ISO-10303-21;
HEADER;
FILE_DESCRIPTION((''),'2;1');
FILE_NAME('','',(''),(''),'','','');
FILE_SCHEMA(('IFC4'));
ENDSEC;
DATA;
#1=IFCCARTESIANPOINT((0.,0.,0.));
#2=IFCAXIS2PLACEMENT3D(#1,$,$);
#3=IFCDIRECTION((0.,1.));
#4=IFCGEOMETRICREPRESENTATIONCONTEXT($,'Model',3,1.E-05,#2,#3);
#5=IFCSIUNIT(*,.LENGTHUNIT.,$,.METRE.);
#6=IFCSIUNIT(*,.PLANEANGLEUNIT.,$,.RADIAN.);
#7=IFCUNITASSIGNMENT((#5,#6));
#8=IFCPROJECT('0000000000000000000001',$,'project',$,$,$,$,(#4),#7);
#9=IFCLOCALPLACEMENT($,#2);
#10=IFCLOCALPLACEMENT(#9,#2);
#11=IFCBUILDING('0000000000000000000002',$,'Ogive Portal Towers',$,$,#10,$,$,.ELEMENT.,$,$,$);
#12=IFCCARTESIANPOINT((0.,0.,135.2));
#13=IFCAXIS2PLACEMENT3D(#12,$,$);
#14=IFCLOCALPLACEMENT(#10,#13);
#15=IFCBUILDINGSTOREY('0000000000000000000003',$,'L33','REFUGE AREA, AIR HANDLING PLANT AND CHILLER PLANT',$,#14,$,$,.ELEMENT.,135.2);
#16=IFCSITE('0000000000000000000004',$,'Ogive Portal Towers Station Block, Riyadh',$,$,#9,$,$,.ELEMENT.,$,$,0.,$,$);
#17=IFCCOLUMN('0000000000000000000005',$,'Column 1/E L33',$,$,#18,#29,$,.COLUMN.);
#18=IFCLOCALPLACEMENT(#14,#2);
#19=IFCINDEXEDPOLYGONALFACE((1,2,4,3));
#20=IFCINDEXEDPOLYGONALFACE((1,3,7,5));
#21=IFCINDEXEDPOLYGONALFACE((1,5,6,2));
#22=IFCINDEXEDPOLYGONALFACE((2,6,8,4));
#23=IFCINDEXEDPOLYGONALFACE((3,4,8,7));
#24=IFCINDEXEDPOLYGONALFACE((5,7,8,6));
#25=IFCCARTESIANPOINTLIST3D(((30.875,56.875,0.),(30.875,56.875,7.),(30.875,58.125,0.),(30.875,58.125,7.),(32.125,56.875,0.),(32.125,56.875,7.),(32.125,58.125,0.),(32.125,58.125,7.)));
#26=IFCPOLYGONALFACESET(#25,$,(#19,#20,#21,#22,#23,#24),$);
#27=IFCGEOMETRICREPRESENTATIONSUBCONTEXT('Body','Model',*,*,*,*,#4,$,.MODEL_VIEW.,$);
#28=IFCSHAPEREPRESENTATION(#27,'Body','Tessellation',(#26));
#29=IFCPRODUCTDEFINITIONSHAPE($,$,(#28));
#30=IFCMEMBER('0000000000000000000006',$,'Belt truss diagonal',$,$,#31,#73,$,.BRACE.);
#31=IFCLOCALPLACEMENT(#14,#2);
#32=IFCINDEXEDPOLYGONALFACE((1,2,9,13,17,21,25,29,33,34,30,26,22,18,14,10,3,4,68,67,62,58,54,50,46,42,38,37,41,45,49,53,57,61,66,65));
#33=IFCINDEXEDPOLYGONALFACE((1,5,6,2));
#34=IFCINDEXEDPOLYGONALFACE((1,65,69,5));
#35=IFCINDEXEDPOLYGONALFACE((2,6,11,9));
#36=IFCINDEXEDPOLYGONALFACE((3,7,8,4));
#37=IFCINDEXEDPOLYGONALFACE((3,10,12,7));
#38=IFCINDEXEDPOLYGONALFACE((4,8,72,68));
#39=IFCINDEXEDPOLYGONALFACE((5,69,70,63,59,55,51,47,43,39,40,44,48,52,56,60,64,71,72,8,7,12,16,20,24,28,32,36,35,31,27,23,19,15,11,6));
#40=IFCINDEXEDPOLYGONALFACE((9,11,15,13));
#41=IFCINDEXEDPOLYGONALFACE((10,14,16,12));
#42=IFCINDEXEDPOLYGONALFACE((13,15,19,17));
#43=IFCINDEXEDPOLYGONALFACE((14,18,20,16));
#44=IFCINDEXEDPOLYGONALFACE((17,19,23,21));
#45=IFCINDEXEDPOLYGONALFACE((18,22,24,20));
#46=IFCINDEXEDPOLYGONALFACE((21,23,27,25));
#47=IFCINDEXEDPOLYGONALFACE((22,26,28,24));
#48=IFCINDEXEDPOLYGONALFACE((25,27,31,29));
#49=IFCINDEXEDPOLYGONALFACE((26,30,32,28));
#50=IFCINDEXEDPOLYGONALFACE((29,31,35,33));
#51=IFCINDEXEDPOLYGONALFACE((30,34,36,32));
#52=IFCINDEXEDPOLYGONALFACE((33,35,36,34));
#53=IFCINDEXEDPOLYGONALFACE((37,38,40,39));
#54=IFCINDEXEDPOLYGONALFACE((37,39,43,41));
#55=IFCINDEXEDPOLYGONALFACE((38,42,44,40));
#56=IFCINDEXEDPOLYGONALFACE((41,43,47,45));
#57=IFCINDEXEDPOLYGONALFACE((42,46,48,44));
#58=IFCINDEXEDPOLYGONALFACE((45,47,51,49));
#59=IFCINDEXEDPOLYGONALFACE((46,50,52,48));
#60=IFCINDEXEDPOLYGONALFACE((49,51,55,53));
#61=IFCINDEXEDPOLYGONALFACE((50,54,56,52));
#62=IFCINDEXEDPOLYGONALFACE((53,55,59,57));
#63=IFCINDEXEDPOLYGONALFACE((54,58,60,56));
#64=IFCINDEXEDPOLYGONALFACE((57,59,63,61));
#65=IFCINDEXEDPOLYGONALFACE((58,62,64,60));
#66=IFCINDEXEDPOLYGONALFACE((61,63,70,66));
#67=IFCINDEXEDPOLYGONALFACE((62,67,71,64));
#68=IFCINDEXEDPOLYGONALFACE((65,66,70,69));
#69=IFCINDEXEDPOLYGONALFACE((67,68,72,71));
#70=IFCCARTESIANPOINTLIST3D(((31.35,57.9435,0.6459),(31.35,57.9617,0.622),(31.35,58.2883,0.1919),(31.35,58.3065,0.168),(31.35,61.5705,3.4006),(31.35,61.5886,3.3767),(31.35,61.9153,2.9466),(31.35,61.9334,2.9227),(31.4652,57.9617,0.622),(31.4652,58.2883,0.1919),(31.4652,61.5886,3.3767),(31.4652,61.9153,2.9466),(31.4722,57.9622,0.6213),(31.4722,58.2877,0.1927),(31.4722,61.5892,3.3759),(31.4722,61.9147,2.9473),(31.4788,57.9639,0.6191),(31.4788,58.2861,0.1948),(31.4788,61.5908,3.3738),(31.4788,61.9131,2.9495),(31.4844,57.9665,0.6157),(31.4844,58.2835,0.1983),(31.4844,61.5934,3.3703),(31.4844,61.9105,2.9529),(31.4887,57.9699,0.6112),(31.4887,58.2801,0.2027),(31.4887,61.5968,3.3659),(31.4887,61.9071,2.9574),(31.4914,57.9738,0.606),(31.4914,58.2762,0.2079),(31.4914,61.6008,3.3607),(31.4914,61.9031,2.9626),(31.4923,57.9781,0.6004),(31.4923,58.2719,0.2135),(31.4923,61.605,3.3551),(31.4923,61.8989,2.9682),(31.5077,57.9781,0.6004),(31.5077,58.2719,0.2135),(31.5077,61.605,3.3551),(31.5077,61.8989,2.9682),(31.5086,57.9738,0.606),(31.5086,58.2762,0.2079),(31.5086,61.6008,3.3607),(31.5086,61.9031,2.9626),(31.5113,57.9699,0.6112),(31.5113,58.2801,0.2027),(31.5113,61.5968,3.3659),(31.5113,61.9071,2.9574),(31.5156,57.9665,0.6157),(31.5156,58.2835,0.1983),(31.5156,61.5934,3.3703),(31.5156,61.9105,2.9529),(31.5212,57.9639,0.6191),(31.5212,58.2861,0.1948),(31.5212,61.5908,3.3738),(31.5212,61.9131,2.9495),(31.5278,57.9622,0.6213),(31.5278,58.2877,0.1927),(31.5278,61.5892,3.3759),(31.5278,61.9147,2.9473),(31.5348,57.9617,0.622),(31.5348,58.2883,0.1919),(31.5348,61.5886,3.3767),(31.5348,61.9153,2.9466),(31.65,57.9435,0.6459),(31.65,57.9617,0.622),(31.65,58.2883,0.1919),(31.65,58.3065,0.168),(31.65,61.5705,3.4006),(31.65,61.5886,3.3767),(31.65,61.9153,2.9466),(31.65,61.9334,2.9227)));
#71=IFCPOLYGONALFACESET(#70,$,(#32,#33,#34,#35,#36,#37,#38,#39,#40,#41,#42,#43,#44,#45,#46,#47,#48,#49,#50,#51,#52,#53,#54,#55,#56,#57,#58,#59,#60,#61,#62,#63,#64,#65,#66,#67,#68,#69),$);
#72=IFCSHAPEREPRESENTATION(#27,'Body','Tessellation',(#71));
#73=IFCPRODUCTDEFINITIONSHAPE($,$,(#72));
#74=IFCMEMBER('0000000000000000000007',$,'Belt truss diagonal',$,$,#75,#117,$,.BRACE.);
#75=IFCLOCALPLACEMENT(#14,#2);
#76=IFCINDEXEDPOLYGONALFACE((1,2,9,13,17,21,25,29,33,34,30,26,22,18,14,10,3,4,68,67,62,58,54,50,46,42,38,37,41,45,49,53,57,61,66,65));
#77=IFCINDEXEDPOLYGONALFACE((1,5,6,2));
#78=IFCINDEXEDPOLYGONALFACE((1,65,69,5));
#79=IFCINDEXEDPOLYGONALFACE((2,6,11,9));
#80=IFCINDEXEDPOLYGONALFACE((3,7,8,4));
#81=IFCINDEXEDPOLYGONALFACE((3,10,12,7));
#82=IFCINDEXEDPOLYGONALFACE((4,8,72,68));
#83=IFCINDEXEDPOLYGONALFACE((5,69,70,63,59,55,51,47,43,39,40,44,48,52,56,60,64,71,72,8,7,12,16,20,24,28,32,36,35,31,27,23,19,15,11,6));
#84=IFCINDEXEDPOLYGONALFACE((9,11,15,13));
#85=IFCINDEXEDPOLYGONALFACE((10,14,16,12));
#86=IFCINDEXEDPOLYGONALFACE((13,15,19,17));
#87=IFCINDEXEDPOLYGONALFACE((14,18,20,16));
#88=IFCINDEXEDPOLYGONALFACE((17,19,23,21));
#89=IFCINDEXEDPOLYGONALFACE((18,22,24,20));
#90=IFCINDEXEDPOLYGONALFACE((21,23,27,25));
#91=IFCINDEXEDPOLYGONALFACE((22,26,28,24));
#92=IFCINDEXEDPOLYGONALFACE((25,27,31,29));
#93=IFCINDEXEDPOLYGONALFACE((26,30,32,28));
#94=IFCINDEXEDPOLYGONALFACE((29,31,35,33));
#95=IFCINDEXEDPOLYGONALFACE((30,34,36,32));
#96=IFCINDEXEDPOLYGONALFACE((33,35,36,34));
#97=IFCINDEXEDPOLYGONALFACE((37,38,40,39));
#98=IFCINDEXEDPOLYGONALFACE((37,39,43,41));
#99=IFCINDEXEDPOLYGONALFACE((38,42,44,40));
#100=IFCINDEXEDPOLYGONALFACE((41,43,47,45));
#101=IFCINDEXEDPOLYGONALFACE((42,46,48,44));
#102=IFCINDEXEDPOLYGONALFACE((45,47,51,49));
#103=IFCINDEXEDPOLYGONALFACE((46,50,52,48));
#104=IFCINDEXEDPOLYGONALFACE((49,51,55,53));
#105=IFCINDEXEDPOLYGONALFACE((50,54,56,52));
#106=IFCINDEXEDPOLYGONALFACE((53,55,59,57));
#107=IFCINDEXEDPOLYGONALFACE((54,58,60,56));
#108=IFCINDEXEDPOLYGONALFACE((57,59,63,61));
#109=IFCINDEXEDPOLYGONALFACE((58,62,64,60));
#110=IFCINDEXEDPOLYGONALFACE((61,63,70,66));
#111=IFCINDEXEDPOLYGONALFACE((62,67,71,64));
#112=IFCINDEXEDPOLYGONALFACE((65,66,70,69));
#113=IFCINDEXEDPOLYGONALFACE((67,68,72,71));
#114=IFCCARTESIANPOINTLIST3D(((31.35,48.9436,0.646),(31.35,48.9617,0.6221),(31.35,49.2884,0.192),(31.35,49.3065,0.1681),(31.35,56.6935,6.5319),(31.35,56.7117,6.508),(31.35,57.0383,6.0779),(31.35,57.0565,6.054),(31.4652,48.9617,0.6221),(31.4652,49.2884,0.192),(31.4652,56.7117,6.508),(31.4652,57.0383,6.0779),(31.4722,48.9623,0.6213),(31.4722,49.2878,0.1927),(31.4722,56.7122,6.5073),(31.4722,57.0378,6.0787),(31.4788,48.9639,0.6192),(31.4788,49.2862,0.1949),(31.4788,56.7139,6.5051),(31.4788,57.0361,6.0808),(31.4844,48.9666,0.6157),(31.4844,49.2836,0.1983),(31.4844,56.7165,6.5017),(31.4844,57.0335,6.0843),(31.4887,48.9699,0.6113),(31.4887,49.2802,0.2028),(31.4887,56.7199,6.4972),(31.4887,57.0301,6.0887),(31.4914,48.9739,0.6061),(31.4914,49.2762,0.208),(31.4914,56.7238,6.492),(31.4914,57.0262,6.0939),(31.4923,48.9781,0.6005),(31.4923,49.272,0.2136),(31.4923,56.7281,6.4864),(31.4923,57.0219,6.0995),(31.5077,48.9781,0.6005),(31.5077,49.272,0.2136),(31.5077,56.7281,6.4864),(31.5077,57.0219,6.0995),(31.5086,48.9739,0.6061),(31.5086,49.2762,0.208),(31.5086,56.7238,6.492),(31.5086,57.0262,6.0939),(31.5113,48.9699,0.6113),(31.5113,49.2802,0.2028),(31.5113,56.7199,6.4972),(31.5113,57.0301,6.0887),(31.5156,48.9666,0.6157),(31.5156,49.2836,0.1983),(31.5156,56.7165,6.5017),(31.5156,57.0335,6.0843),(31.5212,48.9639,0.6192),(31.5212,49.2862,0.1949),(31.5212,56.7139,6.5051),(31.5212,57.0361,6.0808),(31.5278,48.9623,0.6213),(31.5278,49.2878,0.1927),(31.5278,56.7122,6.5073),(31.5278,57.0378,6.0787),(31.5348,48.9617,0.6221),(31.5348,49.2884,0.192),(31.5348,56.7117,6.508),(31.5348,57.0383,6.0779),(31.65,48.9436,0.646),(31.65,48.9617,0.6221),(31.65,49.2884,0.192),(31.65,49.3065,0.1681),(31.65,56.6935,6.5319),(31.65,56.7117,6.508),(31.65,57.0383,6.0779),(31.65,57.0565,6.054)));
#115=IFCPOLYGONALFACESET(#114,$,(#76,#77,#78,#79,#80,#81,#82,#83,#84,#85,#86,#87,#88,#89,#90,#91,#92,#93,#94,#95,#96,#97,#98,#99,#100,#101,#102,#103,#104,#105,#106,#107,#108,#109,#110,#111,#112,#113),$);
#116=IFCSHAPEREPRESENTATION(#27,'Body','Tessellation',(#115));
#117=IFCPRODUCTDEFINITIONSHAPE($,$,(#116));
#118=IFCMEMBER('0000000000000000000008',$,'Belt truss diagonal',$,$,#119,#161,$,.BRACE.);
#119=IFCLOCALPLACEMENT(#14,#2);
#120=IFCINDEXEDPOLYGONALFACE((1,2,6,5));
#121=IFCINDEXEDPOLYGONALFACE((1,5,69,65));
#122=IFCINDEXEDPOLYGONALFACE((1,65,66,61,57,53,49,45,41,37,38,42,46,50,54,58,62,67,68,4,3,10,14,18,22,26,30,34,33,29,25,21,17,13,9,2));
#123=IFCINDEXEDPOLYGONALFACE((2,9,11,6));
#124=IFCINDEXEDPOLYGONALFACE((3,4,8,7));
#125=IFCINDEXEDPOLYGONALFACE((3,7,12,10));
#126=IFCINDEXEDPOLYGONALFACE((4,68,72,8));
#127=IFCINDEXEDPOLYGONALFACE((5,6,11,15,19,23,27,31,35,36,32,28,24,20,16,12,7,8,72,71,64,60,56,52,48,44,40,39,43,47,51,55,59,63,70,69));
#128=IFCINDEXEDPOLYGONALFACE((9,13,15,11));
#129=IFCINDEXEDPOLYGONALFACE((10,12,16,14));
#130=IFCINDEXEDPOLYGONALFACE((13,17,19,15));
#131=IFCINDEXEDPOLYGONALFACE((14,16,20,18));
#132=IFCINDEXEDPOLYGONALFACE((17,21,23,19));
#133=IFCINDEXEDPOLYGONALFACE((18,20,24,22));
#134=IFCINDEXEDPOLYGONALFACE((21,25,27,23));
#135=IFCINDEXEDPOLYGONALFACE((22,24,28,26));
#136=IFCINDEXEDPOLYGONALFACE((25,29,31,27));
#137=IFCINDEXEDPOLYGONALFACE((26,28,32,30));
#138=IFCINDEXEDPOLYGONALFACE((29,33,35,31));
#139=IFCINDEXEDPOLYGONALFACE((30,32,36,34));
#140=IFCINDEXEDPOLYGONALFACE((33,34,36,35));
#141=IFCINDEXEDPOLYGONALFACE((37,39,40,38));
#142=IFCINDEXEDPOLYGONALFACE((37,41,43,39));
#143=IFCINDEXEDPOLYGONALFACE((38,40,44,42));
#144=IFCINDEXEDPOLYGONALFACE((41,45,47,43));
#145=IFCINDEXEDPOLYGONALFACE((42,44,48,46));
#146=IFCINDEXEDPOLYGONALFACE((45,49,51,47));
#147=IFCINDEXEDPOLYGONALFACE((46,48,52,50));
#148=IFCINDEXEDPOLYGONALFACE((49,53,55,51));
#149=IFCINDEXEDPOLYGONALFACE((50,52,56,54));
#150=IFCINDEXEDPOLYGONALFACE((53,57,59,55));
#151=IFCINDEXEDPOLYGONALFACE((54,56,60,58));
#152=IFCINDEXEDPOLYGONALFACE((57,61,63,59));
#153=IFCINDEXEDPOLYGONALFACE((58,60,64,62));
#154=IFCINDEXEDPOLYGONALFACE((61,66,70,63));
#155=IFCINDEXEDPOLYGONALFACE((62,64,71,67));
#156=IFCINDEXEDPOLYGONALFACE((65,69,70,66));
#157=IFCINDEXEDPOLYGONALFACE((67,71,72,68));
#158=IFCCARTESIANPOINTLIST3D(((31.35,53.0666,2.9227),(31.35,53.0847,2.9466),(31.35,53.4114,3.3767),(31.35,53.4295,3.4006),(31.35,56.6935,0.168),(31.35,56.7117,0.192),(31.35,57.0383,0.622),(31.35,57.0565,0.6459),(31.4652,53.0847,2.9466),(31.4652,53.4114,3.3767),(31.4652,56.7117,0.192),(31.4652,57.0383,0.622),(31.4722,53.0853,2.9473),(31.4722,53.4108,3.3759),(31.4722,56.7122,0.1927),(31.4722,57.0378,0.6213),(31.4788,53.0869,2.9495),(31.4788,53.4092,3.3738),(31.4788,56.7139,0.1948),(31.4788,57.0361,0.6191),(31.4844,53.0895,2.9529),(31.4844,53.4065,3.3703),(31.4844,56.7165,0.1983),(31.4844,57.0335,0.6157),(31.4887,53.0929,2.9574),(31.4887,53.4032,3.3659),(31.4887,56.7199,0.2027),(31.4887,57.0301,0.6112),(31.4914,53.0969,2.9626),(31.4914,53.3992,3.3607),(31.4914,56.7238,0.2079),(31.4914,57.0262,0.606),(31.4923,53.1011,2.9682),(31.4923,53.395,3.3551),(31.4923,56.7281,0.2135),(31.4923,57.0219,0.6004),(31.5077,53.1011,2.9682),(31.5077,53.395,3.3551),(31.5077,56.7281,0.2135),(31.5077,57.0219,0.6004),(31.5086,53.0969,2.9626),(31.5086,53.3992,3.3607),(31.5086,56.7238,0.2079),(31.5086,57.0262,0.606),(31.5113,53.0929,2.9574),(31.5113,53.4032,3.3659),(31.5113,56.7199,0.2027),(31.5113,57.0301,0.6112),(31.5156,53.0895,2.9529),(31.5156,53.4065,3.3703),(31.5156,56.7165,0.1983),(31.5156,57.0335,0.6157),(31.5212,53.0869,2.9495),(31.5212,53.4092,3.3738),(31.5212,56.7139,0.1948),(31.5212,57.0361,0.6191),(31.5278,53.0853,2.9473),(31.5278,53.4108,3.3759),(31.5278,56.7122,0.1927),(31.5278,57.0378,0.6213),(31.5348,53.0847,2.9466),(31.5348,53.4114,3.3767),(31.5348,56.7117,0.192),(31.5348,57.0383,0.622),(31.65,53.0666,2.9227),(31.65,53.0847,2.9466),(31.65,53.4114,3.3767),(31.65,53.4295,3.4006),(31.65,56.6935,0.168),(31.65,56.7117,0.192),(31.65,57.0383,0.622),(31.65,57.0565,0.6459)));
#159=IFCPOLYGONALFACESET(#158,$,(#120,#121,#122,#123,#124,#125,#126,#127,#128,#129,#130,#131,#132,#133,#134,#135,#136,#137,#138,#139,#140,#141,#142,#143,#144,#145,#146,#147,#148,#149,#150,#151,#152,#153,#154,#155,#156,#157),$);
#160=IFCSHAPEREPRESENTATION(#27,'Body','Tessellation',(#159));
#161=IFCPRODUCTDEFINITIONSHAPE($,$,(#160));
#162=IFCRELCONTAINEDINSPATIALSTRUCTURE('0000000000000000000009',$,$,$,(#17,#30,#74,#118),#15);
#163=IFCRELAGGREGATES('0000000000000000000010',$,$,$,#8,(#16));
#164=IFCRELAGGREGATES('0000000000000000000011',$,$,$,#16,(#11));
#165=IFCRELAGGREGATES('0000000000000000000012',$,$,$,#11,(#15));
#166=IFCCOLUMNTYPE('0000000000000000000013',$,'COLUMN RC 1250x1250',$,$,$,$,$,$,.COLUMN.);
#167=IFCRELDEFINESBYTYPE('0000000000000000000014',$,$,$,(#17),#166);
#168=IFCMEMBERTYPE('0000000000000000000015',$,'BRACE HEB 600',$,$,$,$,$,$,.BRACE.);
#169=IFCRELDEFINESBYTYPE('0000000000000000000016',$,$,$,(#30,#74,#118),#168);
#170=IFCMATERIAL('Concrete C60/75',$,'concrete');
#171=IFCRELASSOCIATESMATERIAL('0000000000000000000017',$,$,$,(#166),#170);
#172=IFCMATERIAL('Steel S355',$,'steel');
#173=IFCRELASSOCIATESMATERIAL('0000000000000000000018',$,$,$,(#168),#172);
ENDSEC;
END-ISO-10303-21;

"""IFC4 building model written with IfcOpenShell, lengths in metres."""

from ifc_helpers import new_model, si_unit, direction, frame, origin, origin_2d, place, context, subcontext, project, spatial, rectangle, i_section, extrude, material, material_profile, profile_set, type_object, element, save


model = new_model("IFC4")

# Units and contexts
model_context = context("Model", 3, precision=1e-05, world=origin(), true_north=direction((0.0, 1.0)))
body_context = subcontext(model_context, "Body", "Model", "MODEL_VIEW")
ifc_project = project(units=[si_unit("LENGTHUNIT", "METRE"), si_unit("PLANEANGLEUNIT", "RADIAN")], contexts=[model_context])

# Site, building, storey
site_placement = place(None, origin())
site = spatial("IfcSite", under=ifc_project, at=site_placement, Name="Ogive Portal Towers Station Block, Riyadh", CompositionType="ELEMENT", RefElevation=0.0)
building_placement = place(site_placement, origin())
building = spatial("IfcBuilding", under=site, at=building_placement, Name="Ogive Portal Towers", CompositionType="ELEMENT")
storey_placement = place(building_placement, frame((0.0, 0.0, 135.2)))
storey = spatial("IfcBuildingStorey", under=building, at=storey_placement, Name="L33", Description="REFUGE AREA, AIR HANDLING PLANT AND CHILLER PLANT", CompositionType="ELEMENT", Elevation=135.2)

# Column
ifc_material_1 = material(Name="Concrete C60/75", Category="concrete")
ifc_material_profile_1 = material_profile(ifc_material_1, rectangle(XDim=1.25, YDim=1.25, at=origin_2d()), Name="RC 1250x1250")
ifc_profile_set_1 = profile_set([ifc_material_profile_1], Name="Concrete C60/75")
column_type = type_object("IfcColumnType", Name="COLUMN RC 1250x1250", PredefinedType="COLUMN", material=ifc_profile_set_1)
column_placement = place(storey_placement, frame((31.5, 57.5, 0.0), z_axis=(0.0, 0.0, 1.0), x_axis=(1.0, 0.0, 0.0)))
element("IfcColumn", 1, at=column_placement, inside=storey, type_object=column_type, Name="Column 1/E L33", PredefinedType="COLUMN", context=body_context, shape_type="SweptSolid", body=[
    extrude(rectangle(XDim=1.25, YDim=1.25, at=origin_2d()), origin(), (0.0, 0.0, 1.0), 7.0),
])

# Members
ifc_material_2 = material(Name="Steel S355", Category="steel")
ifc_material_profile_2 = material_profile(ifc_material_2, i_section(OverallWidth=0.3, OverallDepth=0.6001, WebThickness=0.0154, FlangeThickness=0.03, FilletRadius=0.0271, at=origin_2d()), Name="HEB 600")
ifc_profile_set_2 = profile_set([ifc_material_profile_2], Name="Steel S355")
member_type_1 = type_object("IfcMemberType", Name="BRACE HEB 600", PredefinedType="BRACE", material=ifc_profile_set_2)
member_1_placement = place(storey_placement, frame((31.5, 61.752, 3.1616), z_axis=(0.0, -0.796357, -0.604826), x_axis=(1.0, 0.0, 0.0)))
element("IfcMember", 2, at=member_1_placement, inside=storey, type_object=member_type_1, Name="Belt truss diagonal", PredefinedType="BRACE", context=body_context, shape_type="SweptSolid", body=[
    extrude(i_section(OverallWidth=0.3, OverallDepth=0.6001, WebThickness=0.0154, FlangeThickness=0.03, FilletRadius=0.0271, at=origin_2d()), origin(), (0.0, 0.0, 1.0), 4.5544),
])
member_2_placement = place(storey_placement, frame((31.5, 56.875, 6.293), z_axis=(0.0, -0.796361, -0.604822), x_axis=(1.0, 0.0, 0.0)))
element("IfcMember", 3, at=member_2_placement, inside=storey, type_object=member_type_1, Name="Belt truss diagonal", PredefinedType="BRACE", context=body_context, shape_type="SweptSolid", body=[
    extrude(i_section(OverallWidth=0.3, OverallDepth=0.6001, WebThickness=0.0154, FlangeThickness=0.03, FilletRadius=0.0271, at=origin_2d()), origin(), (0.0, 0.0, 1.0), 9.7317),
])
member_3_placement = place(storey_placement, frame((31.5, 56.875, 0.407), z_axis=(0.0, -0.796357, 0.604826), x_axis=(1.0, 0.0, 0.0)))
element("IfcMember", 4, at=member_3_placement, inside=storey, type_object=member_type_1, Name="Belt truss diagonal", PredefinedType="BRACE", context=body_context, shape_type="SweptSolid", body=[
    extrude(i_section(OverallWidth=0.3, OverallDepth=0.6001, WebThickness=0.0154, FlangeThickness=0.03, FilletRadius=0.0271, at=origin_2d()), origin(), (0.0, 0.0, 1.0), 4.5544),
])

save(model, "model.ifc")
